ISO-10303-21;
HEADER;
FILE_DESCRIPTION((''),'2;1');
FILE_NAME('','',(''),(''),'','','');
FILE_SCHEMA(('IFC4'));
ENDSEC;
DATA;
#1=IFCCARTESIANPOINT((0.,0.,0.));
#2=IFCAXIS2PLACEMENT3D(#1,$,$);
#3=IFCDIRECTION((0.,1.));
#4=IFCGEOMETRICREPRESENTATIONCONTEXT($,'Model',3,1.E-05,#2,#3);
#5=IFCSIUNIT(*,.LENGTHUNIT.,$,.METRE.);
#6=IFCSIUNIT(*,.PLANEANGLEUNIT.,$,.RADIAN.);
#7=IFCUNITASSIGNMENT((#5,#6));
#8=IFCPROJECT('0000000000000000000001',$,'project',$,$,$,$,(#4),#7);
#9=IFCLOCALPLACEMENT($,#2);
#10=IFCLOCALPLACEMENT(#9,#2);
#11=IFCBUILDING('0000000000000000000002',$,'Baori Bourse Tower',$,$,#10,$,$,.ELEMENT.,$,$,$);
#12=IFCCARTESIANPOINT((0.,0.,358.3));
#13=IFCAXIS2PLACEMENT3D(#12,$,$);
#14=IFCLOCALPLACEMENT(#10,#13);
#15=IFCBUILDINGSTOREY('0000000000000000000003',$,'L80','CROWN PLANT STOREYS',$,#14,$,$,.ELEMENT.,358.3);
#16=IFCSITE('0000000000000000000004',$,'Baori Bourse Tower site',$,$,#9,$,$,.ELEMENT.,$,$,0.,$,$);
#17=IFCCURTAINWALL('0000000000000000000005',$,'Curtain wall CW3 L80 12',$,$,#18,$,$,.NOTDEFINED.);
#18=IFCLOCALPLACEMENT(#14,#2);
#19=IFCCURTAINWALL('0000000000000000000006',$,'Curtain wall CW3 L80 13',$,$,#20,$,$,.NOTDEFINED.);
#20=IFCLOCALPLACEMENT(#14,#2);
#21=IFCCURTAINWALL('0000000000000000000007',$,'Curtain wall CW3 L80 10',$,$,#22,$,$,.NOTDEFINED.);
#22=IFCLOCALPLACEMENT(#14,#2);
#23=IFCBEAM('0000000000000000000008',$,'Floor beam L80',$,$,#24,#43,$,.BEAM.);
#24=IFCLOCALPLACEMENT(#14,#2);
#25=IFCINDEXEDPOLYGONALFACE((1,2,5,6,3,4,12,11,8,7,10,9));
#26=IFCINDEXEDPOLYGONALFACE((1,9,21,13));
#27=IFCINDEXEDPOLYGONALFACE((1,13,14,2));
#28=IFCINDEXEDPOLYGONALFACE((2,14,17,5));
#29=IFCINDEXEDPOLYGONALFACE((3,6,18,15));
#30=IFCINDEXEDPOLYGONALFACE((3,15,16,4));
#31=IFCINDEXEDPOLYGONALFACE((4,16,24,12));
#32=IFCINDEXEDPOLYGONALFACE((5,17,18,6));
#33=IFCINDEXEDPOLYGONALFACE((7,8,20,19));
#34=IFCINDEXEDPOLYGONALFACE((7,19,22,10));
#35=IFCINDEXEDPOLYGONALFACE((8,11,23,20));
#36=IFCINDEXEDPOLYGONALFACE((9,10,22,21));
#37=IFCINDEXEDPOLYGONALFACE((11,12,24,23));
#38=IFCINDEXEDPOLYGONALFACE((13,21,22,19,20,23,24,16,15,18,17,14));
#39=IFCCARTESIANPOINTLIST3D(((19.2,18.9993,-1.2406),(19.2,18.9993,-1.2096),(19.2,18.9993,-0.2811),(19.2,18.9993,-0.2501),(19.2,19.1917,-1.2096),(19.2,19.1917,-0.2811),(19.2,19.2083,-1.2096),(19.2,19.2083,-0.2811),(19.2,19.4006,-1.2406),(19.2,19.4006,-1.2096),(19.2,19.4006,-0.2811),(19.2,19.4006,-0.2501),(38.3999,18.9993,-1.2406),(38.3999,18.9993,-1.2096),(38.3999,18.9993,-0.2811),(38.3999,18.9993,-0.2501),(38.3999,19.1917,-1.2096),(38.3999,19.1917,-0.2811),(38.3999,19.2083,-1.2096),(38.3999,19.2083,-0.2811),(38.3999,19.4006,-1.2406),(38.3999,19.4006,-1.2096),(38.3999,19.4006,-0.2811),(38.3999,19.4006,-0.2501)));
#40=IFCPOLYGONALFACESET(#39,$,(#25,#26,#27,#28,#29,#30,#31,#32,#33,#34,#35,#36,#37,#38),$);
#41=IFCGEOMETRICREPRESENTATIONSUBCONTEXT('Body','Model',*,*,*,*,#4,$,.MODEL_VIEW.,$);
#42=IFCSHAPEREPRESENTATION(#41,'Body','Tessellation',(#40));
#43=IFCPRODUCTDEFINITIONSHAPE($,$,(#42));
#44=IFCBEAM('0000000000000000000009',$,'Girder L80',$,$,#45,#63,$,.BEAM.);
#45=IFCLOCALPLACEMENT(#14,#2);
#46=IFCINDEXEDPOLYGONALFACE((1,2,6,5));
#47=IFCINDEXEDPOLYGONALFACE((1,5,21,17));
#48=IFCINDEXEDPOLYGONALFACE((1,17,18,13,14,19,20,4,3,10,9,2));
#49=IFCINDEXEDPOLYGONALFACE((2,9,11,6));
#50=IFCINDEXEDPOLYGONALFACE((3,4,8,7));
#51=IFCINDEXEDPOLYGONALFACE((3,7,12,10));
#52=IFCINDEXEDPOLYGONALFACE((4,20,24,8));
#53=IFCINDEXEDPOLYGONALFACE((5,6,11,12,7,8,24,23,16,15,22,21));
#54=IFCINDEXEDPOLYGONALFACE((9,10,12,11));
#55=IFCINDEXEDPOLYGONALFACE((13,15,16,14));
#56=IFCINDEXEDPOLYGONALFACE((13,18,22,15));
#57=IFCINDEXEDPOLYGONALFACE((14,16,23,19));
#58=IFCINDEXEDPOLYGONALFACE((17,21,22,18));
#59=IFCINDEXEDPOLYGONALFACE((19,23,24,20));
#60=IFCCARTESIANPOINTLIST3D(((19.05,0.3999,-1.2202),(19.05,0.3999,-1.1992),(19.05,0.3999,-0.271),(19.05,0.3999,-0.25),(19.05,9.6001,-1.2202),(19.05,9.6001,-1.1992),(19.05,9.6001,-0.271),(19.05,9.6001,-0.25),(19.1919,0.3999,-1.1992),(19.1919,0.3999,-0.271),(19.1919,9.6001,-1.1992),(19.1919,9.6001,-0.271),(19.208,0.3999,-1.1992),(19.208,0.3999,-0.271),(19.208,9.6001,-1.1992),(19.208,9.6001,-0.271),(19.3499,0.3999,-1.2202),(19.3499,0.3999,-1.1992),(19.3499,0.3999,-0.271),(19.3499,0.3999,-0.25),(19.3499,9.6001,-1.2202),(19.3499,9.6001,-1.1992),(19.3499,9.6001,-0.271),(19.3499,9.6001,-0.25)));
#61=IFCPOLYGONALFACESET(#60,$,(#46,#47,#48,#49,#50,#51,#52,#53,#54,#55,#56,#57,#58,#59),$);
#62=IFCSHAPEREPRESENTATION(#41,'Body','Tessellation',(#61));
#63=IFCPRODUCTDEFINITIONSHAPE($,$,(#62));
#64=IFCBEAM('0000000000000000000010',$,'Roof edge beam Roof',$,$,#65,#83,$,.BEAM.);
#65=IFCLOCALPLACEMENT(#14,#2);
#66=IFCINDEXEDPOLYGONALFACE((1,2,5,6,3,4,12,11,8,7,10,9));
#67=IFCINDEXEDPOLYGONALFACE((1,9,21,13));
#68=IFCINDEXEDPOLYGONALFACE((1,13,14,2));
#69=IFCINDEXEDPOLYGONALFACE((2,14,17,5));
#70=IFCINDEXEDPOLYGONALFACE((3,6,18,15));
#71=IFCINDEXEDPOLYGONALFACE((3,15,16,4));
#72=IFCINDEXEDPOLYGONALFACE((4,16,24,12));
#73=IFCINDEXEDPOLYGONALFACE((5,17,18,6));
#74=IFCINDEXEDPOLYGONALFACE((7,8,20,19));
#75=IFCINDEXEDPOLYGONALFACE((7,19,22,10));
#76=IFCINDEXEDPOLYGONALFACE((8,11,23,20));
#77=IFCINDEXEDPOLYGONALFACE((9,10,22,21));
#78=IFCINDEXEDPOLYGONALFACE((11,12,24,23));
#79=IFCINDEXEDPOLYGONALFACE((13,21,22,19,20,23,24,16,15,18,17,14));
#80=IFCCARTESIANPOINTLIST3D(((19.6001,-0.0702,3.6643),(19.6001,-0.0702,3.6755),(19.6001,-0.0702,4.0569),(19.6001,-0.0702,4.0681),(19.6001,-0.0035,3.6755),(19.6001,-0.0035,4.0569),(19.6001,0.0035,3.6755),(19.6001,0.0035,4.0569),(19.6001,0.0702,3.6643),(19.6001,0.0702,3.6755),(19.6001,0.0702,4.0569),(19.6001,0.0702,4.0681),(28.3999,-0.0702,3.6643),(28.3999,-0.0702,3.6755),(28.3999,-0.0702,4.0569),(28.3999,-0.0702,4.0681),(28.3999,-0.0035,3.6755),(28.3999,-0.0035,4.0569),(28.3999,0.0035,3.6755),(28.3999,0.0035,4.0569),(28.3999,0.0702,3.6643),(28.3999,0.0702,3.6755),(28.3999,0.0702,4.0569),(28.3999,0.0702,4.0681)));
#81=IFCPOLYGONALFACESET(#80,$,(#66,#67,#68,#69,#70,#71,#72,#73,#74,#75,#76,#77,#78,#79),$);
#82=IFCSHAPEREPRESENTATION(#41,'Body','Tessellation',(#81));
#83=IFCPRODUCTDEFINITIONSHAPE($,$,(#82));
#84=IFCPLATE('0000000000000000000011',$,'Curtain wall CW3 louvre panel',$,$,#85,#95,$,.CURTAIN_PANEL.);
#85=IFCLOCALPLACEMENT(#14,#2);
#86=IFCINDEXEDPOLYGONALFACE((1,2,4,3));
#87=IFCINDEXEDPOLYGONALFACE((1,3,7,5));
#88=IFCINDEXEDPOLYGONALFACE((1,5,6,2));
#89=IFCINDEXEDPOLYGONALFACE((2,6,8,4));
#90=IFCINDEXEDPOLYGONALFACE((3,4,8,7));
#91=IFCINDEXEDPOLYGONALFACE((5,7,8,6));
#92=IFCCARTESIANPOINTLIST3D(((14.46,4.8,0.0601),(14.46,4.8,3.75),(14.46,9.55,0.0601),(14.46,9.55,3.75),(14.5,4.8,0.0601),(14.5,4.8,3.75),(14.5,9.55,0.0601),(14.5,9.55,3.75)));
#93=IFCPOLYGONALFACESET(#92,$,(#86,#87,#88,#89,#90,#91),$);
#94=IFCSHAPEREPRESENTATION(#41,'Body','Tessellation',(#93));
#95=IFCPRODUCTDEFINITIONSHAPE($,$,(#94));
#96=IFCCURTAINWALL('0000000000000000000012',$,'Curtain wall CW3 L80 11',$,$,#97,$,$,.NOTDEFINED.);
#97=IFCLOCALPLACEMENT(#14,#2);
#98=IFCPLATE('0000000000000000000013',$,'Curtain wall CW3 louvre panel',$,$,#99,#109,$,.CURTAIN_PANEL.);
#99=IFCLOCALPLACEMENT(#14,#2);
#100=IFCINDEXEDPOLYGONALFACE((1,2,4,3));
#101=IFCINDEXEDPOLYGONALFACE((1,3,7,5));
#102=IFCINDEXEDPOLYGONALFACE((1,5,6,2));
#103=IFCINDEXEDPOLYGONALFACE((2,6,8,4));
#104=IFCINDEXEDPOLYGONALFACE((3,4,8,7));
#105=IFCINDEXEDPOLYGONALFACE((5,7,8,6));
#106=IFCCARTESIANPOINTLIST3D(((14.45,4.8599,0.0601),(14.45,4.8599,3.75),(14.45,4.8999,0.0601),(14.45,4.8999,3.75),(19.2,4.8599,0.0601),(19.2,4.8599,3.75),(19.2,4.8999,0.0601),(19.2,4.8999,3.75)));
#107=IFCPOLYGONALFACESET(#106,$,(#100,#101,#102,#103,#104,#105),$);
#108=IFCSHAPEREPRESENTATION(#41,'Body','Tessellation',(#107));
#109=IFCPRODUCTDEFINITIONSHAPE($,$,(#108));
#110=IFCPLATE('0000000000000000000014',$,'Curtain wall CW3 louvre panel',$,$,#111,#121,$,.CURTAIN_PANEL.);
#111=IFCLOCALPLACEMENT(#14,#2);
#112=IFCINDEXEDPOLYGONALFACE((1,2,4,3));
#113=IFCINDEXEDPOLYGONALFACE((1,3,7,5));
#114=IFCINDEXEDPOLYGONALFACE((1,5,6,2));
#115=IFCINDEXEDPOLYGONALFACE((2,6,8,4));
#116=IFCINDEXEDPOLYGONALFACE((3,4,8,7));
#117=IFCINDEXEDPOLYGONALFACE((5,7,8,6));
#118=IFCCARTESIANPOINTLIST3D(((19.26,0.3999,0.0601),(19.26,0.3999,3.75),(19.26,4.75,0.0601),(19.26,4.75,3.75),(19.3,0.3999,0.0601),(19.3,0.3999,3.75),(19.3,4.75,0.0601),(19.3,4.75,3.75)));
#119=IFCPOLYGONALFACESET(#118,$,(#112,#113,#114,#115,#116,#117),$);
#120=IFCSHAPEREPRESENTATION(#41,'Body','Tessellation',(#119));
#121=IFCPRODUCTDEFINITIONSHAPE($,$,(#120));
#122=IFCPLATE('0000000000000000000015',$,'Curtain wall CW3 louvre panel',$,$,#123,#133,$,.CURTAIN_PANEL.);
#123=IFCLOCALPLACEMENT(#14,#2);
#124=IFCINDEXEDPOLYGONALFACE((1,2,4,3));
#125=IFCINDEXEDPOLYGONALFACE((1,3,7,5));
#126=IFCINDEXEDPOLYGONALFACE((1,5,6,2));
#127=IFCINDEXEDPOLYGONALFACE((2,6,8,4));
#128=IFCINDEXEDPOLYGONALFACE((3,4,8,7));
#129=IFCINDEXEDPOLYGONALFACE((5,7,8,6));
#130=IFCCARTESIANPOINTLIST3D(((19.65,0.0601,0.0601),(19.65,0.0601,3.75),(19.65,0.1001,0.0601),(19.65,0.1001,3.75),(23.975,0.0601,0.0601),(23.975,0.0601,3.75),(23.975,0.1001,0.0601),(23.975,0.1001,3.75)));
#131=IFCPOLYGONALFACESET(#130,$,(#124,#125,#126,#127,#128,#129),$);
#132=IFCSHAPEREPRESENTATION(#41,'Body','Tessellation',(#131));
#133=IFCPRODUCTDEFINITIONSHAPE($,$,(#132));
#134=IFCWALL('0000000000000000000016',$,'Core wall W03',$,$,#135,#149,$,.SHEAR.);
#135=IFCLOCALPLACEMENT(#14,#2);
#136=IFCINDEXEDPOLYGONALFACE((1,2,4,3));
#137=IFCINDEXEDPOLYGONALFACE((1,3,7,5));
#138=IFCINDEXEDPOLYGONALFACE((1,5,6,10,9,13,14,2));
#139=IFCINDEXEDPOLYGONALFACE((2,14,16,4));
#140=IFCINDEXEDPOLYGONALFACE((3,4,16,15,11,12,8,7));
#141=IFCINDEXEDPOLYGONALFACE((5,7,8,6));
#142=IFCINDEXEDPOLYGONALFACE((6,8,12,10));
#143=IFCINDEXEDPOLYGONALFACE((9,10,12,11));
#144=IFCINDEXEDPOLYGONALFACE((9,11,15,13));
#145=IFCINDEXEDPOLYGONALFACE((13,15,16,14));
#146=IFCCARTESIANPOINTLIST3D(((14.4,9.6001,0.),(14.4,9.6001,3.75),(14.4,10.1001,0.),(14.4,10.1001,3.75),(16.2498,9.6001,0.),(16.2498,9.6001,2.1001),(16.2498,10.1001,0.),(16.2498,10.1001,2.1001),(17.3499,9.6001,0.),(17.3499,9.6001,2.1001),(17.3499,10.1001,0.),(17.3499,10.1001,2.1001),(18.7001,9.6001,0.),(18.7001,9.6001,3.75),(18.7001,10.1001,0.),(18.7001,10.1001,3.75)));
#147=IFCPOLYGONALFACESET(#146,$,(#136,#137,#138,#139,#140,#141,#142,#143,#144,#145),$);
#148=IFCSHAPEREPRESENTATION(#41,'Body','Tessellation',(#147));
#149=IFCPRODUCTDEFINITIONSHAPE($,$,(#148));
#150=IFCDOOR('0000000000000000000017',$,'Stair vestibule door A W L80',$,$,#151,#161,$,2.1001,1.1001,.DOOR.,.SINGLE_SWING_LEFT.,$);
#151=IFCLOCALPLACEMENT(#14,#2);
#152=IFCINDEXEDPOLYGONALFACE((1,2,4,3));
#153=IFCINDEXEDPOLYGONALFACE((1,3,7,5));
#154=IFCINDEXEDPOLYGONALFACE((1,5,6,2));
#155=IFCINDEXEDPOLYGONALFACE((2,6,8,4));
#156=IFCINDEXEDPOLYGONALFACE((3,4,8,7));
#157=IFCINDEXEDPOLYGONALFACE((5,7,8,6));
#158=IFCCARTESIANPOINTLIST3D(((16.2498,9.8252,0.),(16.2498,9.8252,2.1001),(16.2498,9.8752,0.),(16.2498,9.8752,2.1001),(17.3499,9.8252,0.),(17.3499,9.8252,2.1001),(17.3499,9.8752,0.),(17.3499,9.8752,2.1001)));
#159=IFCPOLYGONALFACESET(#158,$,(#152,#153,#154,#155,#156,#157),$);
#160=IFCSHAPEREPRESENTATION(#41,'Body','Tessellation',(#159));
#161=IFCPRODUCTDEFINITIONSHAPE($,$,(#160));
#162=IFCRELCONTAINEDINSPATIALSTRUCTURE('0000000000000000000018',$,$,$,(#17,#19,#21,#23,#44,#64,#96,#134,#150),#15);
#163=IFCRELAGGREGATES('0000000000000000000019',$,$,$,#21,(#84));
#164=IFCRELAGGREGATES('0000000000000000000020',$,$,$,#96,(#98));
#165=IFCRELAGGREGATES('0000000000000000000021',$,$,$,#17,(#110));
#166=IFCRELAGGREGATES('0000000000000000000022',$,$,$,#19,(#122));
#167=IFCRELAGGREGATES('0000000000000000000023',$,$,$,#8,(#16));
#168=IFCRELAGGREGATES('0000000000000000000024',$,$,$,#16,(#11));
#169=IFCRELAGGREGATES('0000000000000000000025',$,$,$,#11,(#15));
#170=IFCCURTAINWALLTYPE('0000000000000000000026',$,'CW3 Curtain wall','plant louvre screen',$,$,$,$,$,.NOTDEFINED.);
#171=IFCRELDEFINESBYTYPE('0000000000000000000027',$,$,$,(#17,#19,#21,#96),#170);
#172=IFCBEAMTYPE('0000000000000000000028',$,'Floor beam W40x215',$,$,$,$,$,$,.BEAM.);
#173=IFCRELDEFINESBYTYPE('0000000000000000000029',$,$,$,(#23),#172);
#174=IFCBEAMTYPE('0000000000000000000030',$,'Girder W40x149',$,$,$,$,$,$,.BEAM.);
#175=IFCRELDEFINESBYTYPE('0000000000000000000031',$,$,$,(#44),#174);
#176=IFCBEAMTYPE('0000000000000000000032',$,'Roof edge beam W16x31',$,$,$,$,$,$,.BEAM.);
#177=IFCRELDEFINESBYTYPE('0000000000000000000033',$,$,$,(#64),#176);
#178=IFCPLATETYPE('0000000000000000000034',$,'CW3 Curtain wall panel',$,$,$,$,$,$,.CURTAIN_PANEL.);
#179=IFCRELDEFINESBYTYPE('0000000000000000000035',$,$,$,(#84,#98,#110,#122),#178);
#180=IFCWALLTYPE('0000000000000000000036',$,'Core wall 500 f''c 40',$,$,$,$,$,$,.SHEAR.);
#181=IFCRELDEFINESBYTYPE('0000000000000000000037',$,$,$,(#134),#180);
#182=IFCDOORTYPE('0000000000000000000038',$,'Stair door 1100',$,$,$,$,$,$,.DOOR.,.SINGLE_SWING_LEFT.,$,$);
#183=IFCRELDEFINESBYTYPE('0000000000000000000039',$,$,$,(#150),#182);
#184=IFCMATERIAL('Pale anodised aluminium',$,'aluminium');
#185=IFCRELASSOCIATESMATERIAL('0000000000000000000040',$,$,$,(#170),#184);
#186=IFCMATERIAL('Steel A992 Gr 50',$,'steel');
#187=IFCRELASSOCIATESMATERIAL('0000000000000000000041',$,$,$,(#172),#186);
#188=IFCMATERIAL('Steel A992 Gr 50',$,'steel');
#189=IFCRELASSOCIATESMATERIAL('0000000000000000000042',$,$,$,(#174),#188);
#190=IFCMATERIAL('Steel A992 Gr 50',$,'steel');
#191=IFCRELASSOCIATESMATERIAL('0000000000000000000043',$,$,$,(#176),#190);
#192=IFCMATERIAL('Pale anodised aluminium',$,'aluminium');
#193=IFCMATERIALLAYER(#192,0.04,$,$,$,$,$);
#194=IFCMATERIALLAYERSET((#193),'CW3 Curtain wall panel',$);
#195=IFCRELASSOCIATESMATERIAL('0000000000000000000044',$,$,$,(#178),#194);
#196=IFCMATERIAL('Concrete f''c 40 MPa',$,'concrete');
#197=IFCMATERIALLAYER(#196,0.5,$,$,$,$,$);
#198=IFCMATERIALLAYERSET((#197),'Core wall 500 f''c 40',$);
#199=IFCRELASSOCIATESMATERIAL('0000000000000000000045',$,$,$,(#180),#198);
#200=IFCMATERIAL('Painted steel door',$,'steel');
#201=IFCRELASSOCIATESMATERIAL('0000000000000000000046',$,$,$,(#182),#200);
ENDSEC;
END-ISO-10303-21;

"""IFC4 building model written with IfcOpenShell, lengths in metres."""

from ifc_helpers import new_model, si_unit, direction, frame, frame_2d, origin, origin_2d, place, context, subcontext, project, spatial, rectangle, i_section, extrude, material, layer, layer_set, material_profile, profile_set, type_object, element, fill, aggregate, save


model = new_model("IFC4")

# Units and contexts
model_context = context("Model", 3, precision=1e-05, world=origin(), true_north=direction((0.0, 1.0)))
body_context = subcontext(model_context, "Body", "Model", "MODEL_VIEW")
ifc_project = project(units=[si_unit("LENGTHUNIT", "METRE"), si_unit("PLANEANGLEUNIT", "RADIAN")], contexts=[model_context])

# Site, building, storey
site_placement = place(None, origin())
site = spatial("IfcSite", under=ifc_project, at=site_placement, Name="Baori Bourse Tower site", CompositionType="ELEMENT", RefElevation=0.0)
building_placement = place(site_placement, origin())
building = spatial("IfcBuilding", under=site, at=building_placement, Name="Baori Bourse Tower", CompositionType="ELEMENT")
storey_placement = place(building_placement, frame((0.0, 0.0, 358.3)))
storey = spatial("IfcBuildingStorey", under=building, at=storey_placement, Name="L80", Description="CROWN PLANT STOREYS", CompositionType="ELEMENT", Elevation=358.3)

# Curtain walls
ifc_material_1 = material(Name="Pale anodised aluminium", Category="aluminium")
curtain_wall_type = type_object("IfcCurtainWallType", Name="CW3 Curtain wall", Description="plant louvre screen", PredefinedType="NOTDEFINED", material=ifc_material_1)
curtain_wall_1_placement = place(storey_placement, origin())
curtain_wall_1 = element("IfcCurtainWall", 1, at=curtain_wall_1_placement, inside=storey, type_object=curtain_wall_type, Name="Curtain wall CW3 L80 12", PredefinedType="NOTDEFINED")
curtain_wall_2_placement = place(storey_placement, origin())
curtain_wall_2 = element("IfcCurtainWall", 2, at=curtain_wall_2_placement, inside=storey, type_object=curtain_wall_type, Name="Curtain wall CW3 L80 13", PredefinedType="NOTDEFINED")
curtain_wall_3_placement = place(storey_placement, origin())
curtain_wall_3 = element("IfcCurtainWall", 3, at=curtain_wall_3_placement, inside=storey, type_object=curtain_wall_type, Name="Curtain wall CW3 L80 10", PredefinedType="NOTDEFINED")

# Beams
ifc_material_2 = material(Name="Steel A992 Gr 50", Category="steel")
ifc_material_profile_1 = material_profile(ifc_material_2, i_section(OverallWidth=0.4014, OverallDepth=0.9905, WebThickness=0.0166, FlangeThickness=0.031, at=origin_2d()), Name="W40x215")
ifc_profile_set_1 = profile_set([ifc_material_profile_1], Name="Steel A992 Gr 50")
beam_type_1 = type_object("IfcBeamType", Name="Floor beam W40x215", PredefinedType="BEAM", material=ifc_profile_set_1)
for number, where, z_axis, x_axis, name in (
    (4, (19.2, 19.2, -0.7454), (1.0, 0.0, 0.0), (0.0, 1.0, 0.0), "Floor beam L80"),
):
    element("IfcBeam", number, at=place(storey_placement, frame(where, z_axis=z_axis, x_axis=x_axis)), inside=storey, type_object=beam_type_1, Name=name, PredefinedType="BEAM", context=body_context, shape_type="SweptSolid", body=[
        extrude(i_section(OverallWidth=0.4014, OverallDepth=0.9905, WebThickness=0.0166, FlangeThickness=0.031, at=origin_2d()), origin(), (0.0, 0.0, 1.0), 19.2),
    ])
ifc_material_3 = material(Name="Steel A992 Gr 50", Category="steel")
ifc_material_profile_2 = material_profile(ifc_material_3, i_section(OverallWidth=0.2998, OverallDepth=0.9702, WebThickness=0.0161, FlangeThickness=0.021, at=origin_2d()), Name="W40x149")
ifc_profile_set_2 = profile_set([ifc_material_profile_2], Name="Steel A992 Gr 50")
beam_type_2 = type_object("IfcBeamType", Name="Girder W40x149", PredefinedType="BEAM", material=ifc_profile_set_2)
beam_1_placement = place(storey_placement, frame((19.2, 0.3999, -0.7351), z_axis=(0.0, 1.0, 0.0), x_axis=(-1.0, 0.0, 0.0)))
element("IfcBeam", 5, at=beam_1_placement, inside=storey, type_object=beam_type_2, Name="Girder L80", PredefinedType="BEAM", context=body_context, shape_type="SweptSolid", body=[
    extrude(i_section(OverallWidth=0.2998, OverallDepth=0.9702, WebThickness=0.0161, FlangeThickness=0.021, at=origin_2d()), origin(), (0.0, 0.0, 1.0), 9.2002),
])
ifc_material_4 = material(Name="Steel A992 Gr 50", Category="steel")
ifc_material_profile_3 = material_profile(ifc_material_4, i_section(OverallWidth=0.1404, OverallDepth=0.4038, WebThickness=0.0071, FlangeThickness=0.0112, at=origin_2d()), Name="W16x31")
ifc_profile_set_3 = profile_set([ifc_material_profile_3], Name="Steel A992 Gr 50")
beam_type_3 = type_object("IfcBeamType", Name="Roof edge beam W16x31", PredefinedType="BEAM", material=ifc_profile_set_3)
beam_2_placement = place(storey_placement, frame((19.6001, 0.0, 3.8662), z_axis=(1.0, 0.0, 0.0), x_axis=(0.0, 1.0, 0.0)))
element("IfcBeam", 6, at=beam_2_placement, inside=storey, type_object=beam_type_3, Name="Roof edge beam Roof", PredefinedType="BEAM", context=body_context, shape_type="SweptSolid", body=[
    extrude(i_section(OverallWidth=0.1404, OverallDepth=0.4038, WebThickness=0.0071, FlangeThickness=0.0112, at=origin_2d()), origin(), (0.0, 0.0, 1.0), 8.7998),
])

# Plate
ifc_material_5 = material(Name="Pale anodised aluminium", Category="aluminium")
ifc_layer_1 = layer(ifc_material_5, 0.04)
ifc_layer_set_1 = layer_set([ifc_layer_1], Name="CW3 Curtain wall panel")
plate_type = type_object("IfcPlateType", Name="CW3 Curtain wall panel", PredefinedType="CURTAIN_PANEL", material=ifc_layer_set_1)
plate_1_placement = place(storey_placement, frame((14.48, 7.175, 0.0601), z_axis=(0.0, 0.0, 1.0), x_axis=(0.0, -1.0, 0.0)))
plate_1 = element("IfcPlate", 7, at=plate_1_placement, type_object=plate_type, Name="Curtain wall CW3 louvre panel", PredefinedType="CURTAIN_PANEL", context=body_context, shape_type="SweptSolid", body=[
    extrude(rectangle(XDim=4.75, YDim=0.04, at=origin_2d()), origin(), (0.0, 0.0, 1.0), 3.6899),
])
aggregate(curtain_wall_3, [plate_1])

# Curtain wall, plate
curtain_wall_4_placement = place(storey_placement, origin())
curtain_wall_4 = element("IfcCurtainWall", 8, at=curtain_wall_4_placement, inside=storey, type_object=curtain_wall_type, Name="Curtain wall CW3 L80 11", PredefinedType="NOTDEFINED")
plate_2_placement = place(storey_placement, frame((16.825, 4.8799, 0.0601), z_axis=(0.0, 0.0, 1.0), x_axis=(1.0, 0.0, 0.0)))
plate_2 = element("IfcPlate", 9, at=plate_2_placement, type_object=plate_type, Name="Curtain wall CW3 louvre panel", PredefinedType="CURTAIN_PANEL", context=body_context, shape_type="SweptSolid", body=[
    extrude(rectangle(XDim=4.75, YDim=0.04, at=origin_2d()), origin(), (0.0, 0.0, 1.0), 3.6899),
])
aggregate(curtain_wall_4, [plate_2])

# Plates
plate_3_placement = place(storey_placement, frame((19.28, 2.575, 0.0601), z_axis=(0.0, 0.0, 1.0), x_axis=(0.0, -1.0, 0.0)))
plate_3 = element("IfcPlate", 10, at=plate_3_placement, type_object=plate_type, Name="Curtain wall CW3 louvre panel", PredefinedType="CURTAIN_PANEL", context=body_context, shape_type="SweptSolid", body=[
    extrude(rectangle(XDim=4.3501, YDim=0.04, at=origin_2d()), origin(), (0.0, 0.0, 1.0), 3.6899),
])
aggregate(curtain_wall_1, [plate_3])
plate_4_placement = place(storey_placement, frame((21.8125, 0.0801, 0.0601), z_axis=(0.0, 0.0, 1.0), x_axis=(1.0, 0.0, 0.0)))
plate_4 = element("IfcPlate", 11, at=plate_4_placement, type_object=plate_type, Name="Curtain wall CW3 louvre panel", PredefinedType="CURTAIN_PANEL", context=body_context, shape_type="SweptSolid", body=[
    extrude(rectangle(XDim=4.325, YDim=0.04, at=origin_2d()), origin(), (0.0, 0.0, 1.0), 3.6899),
])
aggregate(curtain_wall_2, [plate_4])

# Wall, opening, door
ifc_material_6 = material(Name="Concrete f'c 40 MPa", Category="concrete")
ifc_layer_2 = layer(ifc_material_6, 0.5)
ifc_layer_set_2 = layer_set([ifc_layer_2], Name="Core wall 500 f'c 40")
wall_type_1 = type_object("IfcWallType", Name="Core wall 500 f'c 40", PredefinedType="SHEAR", material=ifc_layer_set_2)
wall_1_placement = place(storey_placement, frame((18.7, 9.8501, 0.0), z_axis=(0.0, 0.0, 1.0), x_axis=(-1.0, 0.0, 0.0)))
wall_1 = element("IfcWall", 12, at=wall_1_placement, inside=storey, type_object=wall_type_1, Name="Core wall W03", PredefinedType="SHEAR", context=body_context, shape_type="SweptSolid", body=[
    extrude(rectangle(XDim=4.3, YDim=0.5, at=frame_2d((2.1499, 0.0))), origin(), (0.0, 0.0, 1.0), 3.75),
])
opening_1_placement = place(wall_1_placement, frame((1.3501, 0.0, 0.0)))
opening_1 = element("IfcOpeningElement", 13, at=opening_1_placement, cuts=wall_1, PredefinedType="OPENING", context=body_context, shape_type="SweptSolid", body=[
    extrude(rectangle(XDim=1.1001, YDim=2.1001, at=frame_2d((0.55, 1.05))), frame((0.0, 0.26, 0.0), z_axis=(0.0, -1.0, 0.0), x_axis=(1.0, 0.0, 0.0)), (0.0, 0.0, 1.0), 0.52),
])
ifc_material_7 = material(Name="Painted steel door", Category="steel")
door_type_1 = type_object("IfcDoorType", Name="Stair door 1100", OperationType="SINGLE_SWING_LEFT", PredefinedType="DOOR", material=ifc_material_7)
door_1_placement = place(opening_1_placement, origin())
door_1 = element("IfcDoor", 14, at=door_1_placement, inside=storey, type_object=door_type_1, Name="Stair vestibule door A W L80", OperationType="SINGLE_SWING_LEFT", OverallHeight=2.1001, OverallWidth=1.1001, PredefinedType="DOOR", context=body_context, shape_type="SweptSolid", body=[
    extrude(rectangle(XDim=1.1001, YDim=2.1001, at=frame_2d((0.55, 1.05))), frame((0.0, 0.0249, 0.0), z_axis=(0.0, -1.0, 0.0), x_axis=(1.0, 0.0, 0.0)), (0.0, 0.0, 1.0), 0.05),
])
fill(opening_1, door_1)

save(model, "model.ifc")
